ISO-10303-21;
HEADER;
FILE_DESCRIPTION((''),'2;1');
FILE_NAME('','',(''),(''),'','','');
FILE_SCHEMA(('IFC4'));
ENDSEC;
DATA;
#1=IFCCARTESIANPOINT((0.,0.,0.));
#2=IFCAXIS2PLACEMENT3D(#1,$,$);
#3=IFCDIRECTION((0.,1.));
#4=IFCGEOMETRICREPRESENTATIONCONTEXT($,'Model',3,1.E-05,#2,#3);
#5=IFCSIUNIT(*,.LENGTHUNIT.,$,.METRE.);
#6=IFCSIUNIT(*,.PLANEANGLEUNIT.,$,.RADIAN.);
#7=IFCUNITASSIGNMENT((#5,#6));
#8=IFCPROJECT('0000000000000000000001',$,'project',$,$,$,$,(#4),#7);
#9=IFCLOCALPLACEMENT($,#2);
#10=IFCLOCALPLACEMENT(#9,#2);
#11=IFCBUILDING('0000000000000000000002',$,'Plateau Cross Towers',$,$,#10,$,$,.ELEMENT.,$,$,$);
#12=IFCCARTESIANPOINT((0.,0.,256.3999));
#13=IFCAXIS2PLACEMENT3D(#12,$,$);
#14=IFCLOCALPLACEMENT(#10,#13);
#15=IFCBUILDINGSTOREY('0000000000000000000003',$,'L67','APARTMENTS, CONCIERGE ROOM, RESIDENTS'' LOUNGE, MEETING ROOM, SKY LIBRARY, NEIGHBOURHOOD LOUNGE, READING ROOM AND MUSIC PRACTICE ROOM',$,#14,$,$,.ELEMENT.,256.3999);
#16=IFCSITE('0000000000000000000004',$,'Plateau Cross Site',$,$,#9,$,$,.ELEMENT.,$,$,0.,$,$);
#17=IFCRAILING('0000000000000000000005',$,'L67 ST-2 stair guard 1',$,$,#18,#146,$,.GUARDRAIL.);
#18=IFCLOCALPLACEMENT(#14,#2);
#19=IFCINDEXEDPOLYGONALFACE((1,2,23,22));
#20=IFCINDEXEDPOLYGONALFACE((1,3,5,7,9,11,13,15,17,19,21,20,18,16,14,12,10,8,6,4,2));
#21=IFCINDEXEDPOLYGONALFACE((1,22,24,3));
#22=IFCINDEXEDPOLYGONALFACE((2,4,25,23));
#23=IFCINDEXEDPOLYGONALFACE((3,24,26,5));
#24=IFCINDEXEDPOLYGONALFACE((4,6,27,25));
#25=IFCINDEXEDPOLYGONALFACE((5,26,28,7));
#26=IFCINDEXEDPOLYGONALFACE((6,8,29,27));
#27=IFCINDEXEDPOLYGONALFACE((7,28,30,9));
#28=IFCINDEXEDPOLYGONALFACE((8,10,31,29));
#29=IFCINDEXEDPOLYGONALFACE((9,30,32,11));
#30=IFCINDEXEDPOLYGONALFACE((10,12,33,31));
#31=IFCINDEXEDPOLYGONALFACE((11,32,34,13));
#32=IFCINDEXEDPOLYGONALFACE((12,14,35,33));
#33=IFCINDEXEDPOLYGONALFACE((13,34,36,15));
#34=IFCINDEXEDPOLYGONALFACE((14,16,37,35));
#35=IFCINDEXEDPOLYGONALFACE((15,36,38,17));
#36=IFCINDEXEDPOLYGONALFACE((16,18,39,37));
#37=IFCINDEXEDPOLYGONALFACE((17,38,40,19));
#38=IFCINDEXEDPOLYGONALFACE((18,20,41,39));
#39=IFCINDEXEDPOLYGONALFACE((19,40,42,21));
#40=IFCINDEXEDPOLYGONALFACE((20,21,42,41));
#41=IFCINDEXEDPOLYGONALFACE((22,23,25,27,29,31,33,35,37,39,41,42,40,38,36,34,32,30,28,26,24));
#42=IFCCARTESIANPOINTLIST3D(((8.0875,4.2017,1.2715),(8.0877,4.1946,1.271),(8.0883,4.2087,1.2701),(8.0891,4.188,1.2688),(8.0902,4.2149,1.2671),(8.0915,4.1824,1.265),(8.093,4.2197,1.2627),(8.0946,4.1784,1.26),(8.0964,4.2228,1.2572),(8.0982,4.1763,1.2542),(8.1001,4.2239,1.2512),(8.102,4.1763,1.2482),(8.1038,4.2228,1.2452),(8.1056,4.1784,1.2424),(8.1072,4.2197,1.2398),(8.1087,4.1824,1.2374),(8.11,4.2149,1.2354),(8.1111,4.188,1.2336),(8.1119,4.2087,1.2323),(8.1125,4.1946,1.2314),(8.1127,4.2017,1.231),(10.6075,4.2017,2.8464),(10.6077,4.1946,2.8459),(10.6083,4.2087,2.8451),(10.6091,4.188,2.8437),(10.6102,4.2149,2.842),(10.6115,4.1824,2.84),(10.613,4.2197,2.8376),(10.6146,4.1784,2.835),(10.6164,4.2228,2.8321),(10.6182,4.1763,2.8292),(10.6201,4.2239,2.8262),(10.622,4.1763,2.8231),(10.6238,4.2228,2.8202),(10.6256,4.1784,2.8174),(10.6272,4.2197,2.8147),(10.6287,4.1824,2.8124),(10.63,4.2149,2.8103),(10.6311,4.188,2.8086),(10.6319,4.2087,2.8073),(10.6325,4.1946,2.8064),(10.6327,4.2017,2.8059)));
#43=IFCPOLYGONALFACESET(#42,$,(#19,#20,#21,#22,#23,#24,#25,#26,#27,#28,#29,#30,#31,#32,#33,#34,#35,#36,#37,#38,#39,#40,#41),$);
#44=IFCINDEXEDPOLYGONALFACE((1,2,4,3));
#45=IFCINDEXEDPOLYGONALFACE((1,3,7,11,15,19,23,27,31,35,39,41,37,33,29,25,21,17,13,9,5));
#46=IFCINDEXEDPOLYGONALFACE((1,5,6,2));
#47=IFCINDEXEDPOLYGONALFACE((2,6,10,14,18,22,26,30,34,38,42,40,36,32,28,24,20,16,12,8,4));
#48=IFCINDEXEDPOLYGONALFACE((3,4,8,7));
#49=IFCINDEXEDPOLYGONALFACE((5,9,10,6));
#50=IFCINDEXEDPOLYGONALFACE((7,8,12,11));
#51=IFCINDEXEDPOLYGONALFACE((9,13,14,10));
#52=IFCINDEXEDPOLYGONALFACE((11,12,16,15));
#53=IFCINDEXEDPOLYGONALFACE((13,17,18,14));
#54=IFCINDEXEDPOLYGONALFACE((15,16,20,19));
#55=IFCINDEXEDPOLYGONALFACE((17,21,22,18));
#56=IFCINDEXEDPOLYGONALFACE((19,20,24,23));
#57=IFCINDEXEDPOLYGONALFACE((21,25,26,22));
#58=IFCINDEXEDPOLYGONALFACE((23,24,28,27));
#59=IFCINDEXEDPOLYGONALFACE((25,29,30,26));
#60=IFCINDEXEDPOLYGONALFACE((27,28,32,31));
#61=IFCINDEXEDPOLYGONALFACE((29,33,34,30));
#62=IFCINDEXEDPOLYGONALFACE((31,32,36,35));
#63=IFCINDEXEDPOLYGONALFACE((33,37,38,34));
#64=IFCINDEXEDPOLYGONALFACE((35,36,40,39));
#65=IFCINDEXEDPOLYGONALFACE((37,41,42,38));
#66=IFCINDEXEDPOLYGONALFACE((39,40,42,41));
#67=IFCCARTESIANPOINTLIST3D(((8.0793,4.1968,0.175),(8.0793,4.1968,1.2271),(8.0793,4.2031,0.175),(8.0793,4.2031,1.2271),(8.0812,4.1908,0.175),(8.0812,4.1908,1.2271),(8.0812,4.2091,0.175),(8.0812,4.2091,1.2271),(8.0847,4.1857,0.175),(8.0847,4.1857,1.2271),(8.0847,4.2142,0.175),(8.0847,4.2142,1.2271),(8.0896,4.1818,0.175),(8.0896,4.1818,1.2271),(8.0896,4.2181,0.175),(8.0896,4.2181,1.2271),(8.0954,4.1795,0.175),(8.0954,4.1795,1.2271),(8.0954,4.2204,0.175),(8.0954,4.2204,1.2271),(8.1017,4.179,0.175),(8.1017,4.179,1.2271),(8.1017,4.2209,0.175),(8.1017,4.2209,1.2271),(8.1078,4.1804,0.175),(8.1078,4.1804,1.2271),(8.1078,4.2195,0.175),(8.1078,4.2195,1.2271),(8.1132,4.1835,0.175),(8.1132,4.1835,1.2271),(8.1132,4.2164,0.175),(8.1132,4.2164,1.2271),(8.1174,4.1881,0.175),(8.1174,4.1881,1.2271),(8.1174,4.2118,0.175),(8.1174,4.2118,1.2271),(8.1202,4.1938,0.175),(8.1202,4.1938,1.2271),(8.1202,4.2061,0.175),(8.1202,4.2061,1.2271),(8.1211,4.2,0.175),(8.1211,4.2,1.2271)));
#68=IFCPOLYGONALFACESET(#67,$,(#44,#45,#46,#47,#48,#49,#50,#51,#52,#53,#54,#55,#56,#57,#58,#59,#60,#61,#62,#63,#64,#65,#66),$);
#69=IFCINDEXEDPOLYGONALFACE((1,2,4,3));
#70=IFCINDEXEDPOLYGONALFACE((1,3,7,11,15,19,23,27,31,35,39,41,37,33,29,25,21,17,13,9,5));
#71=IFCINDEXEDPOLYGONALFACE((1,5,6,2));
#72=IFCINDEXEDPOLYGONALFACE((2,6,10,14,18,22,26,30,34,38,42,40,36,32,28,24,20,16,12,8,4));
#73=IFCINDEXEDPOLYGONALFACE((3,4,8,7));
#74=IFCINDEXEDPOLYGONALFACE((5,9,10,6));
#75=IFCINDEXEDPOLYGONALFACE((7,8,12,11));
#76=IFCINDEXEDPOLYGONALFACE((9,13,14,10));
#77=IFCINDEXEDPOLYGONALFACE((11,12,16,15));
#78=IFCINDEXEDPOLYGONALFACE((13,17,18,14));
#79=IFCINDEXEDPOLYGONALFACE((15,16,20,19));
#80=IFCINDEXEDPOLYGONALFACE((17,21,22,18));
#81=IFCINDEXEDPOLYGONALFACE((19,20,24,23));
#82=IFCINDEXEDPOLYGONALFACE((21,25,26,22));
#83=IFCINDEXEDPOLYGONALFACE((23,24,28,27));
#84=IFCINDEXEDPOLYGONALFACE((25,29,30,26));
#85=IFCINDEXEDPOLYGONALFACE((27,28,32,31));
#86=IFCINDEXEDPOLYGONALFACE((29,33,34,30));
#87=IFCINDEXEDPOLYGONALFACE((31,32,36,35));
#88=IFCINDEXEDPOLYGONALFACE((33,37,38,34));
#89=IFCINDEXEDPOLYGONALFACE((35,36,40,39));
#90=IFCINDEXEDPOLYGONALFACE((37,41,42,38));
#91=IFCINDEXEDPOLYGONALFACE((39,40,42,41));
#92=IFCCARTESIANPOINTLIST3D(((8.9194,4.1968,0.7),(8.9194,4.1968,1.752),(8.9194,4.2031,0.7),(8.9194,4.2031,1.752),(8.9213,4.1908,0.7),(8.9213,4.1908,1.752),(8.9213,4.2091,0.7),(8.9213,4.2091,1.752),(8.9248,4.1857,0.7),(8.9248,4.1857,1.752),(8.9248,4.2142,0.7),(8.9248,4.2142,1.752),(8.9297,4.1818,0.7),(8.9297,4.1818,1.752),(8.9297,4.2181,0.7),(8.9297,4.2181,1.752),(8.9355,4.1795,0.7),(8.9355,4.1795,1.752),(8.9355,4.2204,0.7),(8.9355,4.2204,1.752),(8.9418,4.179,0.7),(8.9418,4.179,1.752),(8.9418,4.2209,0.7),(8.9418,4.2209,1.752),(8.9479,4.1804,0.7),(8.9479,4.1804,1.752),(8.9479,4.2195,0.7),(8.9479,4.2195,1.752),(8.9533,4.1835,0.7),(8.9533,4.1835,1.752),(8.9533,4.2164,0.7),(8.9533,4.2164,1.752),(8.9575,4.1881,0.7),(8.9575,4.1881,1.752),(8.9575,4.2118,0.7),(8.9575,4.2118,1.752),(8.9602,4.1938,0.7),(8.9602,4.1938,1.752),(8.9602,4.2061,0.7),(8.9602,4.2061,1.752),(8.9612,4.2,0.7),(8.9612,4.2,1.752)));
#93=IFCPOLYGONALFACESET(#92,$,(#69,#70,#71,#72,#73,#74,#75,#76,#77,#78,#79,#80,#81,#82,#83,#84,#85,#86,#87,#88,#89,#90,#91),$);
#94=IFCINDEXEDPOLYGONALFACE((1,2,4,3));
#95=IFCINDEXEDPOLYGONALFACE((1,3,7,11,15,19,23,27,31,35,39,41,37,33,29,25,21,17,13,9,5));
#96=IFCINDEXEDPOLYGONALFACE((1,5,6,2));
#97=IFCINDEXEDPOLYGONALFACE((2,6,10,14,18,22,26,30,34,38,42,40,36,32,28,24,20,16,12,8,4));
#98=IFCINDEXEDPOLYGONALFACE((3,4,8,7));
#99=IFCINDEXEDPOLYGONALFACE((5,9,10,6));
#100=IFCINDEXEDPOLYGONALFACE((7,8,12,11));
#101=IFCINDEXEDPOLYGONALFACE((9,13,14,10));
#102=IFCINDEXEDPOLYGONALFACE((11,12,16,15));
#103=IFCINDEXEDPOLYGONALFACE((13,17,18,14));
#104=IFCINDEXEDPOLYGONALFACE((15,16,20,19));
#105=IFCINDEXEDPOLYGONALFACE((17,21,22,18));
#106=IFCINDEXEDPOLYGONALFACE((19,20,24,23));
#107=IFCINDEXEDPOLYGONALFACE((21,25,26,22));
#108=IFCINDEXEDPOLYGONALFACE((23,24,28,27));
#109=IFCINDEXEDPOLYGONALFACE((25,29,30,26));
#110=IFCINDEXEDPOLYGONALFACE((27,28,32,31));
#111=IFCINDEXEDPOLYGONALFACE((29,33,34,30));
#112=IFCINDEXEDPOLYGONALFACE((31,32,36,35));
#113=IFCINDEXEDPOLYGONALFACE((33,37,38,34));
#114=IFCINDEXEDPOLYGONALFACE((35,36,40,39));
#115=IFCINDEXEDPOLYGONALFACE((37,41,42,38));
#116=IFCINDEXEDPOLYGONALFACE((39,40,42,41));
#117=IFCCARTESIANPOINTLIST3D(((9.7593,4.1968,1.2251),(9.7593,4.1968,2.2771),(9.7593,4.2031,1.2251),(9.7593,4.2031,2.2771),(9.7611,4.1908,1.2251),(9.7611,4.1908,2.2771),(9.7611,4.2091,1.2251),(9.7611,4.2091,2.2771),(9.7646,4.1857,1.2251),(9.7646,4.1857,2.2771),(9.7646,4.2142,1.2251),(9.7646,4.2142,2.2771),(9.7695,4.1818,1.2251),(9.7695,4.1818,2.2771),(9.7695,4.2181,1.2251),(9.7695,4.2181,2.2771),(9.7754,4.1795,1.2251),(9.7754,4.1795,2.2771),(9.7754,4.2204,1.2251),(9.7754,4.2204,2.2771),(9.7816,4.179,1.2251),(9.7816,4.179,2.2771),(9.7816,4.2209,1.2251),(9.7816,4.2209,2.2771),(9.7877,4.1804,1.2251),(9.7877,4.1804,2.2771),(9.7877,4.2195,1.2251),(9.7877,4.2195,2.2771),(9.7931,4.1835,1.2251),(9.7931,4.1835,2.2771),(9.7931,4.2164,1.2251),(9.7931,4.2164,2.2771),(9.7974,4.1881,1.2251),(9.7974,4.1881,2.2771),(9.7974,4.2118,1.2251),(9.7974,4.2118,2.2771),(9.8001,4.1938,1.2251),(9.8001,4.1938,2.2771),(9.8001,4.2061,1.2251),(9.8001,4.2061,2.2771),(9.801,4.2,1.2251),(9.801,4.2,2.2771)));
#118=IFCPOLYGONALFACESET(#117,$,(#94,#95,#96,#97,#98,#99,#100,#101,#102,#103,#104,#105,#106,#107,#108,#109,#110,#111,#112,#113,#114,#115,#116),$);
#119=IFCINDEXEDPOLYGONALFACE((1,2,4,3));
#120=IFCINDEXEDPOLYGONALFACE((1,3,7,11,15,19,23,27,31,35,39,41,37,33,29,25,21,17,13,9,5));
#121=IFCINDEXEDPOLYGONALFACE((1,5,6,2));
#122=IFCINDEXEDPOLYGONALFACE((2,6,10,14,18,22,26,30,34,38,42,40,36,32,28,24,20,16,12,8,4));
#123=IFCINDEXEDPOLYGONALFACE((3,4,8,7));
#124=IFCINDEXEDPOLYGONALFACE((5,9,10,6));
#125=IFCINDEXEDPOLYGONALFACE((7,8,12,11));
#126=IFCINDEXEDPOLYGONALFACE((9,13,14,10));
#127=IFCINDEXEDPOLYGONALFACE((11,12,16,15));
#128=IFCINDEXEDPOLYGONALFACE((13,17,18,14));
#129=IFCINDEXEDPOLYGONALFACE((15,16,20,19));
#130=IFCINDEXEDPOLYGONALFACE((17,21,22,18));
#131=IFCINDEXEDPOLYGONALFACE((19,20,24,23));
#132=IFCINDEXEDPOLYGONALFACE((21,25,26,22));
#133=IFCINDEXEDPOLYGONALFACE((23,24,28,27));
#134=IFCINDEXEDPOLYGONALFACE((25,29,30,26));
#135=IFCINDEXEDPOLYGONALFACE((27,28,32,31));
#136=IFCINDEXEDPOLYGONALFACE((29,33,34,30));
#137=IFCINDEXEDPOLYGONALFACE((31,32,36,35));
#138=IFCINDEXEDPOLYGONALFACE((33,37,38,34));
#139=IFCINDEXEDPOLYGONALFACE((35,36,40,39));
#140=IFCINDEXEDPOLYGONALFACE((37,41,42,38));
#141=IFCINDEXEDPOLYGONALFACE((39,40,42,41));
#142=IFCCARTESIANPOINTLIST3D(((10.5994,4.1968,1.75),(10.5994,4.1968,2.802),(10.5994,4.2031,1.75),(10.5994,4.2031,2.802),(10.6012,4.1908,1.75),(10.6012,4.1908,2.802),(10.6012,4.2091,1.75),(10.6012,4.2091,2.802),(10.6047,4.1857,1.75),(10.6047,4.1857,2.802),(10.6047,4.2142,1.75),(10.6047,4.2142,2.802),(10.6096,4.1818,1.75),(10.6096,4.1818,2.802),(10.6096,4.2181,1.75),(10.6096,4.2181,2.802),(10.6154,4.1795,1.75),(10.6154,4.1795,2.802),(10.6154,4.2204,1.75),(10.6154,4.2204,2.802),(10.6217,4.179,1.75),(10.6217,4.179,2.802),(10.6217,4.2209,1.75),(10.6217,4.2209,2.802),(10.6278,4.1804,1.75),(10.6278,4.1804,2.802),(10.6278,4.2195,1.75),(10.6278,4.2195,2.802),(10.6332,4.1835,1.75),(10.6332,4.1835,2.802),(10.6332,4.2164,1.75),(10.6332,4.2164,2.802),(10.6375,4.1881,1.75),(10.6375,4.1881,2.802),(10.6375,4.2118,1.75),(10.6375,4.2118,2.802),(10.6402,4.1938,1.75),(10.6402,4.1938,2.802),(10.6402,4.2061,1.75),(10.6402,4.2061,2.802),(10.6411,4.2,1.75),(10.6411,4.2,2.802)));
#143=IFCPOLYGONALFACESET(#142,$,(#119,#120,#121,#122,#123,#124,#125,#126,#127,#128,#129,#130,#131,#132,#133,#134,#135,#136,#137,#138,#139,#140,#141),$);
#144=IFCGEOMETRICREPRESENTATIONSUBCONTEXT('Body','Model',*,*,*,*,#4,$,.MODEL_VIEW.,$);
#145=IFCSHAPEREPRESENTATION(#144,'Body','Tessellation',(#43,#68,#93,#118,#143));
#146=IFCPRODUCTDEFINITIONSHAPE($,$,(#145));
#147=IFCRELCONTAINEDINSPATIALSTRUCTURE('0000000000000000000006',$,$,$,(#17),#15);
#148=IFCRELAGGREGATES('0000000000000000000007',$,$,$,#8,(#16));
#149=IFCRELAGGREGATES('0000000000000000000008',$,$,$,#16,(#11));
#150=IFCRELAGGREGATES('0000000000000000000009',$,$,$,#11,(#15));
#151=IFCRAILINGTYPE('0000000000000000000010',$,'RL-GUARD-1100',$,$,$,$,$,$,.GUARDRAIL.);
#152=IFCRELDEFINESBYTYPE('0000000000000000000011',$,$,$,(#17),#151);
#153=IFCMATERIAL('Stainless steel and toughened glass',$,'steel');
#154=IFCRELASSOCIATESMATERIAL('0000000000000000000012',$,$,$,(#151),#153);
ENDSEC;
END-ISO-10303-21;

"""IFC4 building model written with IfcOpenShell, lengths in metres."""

from ifc_helpers import new_model, si_unit, direction, frame, origin, origin_2d, place, context, subcontext, project, spatial, circle, extrude, material, type_object, element, save


model = new_model("IFC4")

# Units and contexts
model_context = context("Model", 3, precision=1e-05, world=origin(), true_north=direction((0.0, 1.0)))
body_context = subcontext(model_context, "Body", "Model", "MODEL_VIEW")
ifc_project = project(units=[si_unit("LENGTHUNIT", "METRE"), si_unit("PLANEANGLEUNIT", "RADIAN")], contexts=[model_context])

# Site, building, storey
site_placement = place(None, origin())
site = spatial("IfcSite", under=ifc_project, at=site_placement, Name="Plateau Cross Site", CompositionType="ELEMENT", RefElevation=0.0)
building_placement = place(site_placement, origin())
building = spatial("IfcBuilding", under=site, at=building_placement, Name="Plateau Cross Towers", CompositionType="ELEMENT")
storey_placement = place(building_placement, frame((0.0, 0.0, 256.3999)))
storey = spatial("IfcBuildingStorey", under=building, at=storey_placement, Name="L67", Description="APARTMENTS, CONCIERGE ROOM, RESIDENTS' LOUNGE, MEETING ROOM, SKY LIBRARY, NEIGHBOURHOOD LOUNGE, READING ROOM AND MUSIC PRACTICE ROOM", CompositionType="ELEMENT", Elevation=256.3999)

# Railing
ifc_material_1 = material(Name="Stainless steel and toughened glass", Category="steel")
railing_type_1 = type_object("IfcRailingType", Name="RL-GUARD-1100", PredefinedType="GUARDRAIL", material=ifc_material_1)
railing_1_placement = place(storey_placement, frame((8.1001, 4.2, 0.175)))
element("IfcRailing", 1, at=railing_1_placement, inside=storey, type_object=railing_type_1, Name="L67 ST-2 stair guard 1", PredefinedType="GUARDRAIL", context=body_context, shape_type="SweptSolid", body=[
    extrude(circle(Radius=0.0239, at=origin_2d()), frame((0.0, 0.0, 1.0762), z_axis=(0.848008, 0.0, 0.529984), x_axis=(0.0, 1.0, 0.0)), (0.0, 0.0, 1.0), 2.9717),
    extrude(circle(Radius=0.021, at=origin_2d()), origin(), (0.0, 0.0, 1.0), 1.052),
    extrude(circle(Radius=0.021, at=origin_2d()), frame((0.8401, 0.0, 0.5249)), (0.0, 0.0, 1.0), 1.052),
    extrude(circle(Radius=0.021, at=origin_2d()), frame((1.6799, 0.0, 1.05)), (0.0, 0.0, 1.0), 1.052),
    extrude(circle(Radius=0.021, at=origin_2d()), frame((2.52, 0.0, 1.575)), (0.0, 0.0, 1.0), 1.052),
])

save(model, "model.ifc")
